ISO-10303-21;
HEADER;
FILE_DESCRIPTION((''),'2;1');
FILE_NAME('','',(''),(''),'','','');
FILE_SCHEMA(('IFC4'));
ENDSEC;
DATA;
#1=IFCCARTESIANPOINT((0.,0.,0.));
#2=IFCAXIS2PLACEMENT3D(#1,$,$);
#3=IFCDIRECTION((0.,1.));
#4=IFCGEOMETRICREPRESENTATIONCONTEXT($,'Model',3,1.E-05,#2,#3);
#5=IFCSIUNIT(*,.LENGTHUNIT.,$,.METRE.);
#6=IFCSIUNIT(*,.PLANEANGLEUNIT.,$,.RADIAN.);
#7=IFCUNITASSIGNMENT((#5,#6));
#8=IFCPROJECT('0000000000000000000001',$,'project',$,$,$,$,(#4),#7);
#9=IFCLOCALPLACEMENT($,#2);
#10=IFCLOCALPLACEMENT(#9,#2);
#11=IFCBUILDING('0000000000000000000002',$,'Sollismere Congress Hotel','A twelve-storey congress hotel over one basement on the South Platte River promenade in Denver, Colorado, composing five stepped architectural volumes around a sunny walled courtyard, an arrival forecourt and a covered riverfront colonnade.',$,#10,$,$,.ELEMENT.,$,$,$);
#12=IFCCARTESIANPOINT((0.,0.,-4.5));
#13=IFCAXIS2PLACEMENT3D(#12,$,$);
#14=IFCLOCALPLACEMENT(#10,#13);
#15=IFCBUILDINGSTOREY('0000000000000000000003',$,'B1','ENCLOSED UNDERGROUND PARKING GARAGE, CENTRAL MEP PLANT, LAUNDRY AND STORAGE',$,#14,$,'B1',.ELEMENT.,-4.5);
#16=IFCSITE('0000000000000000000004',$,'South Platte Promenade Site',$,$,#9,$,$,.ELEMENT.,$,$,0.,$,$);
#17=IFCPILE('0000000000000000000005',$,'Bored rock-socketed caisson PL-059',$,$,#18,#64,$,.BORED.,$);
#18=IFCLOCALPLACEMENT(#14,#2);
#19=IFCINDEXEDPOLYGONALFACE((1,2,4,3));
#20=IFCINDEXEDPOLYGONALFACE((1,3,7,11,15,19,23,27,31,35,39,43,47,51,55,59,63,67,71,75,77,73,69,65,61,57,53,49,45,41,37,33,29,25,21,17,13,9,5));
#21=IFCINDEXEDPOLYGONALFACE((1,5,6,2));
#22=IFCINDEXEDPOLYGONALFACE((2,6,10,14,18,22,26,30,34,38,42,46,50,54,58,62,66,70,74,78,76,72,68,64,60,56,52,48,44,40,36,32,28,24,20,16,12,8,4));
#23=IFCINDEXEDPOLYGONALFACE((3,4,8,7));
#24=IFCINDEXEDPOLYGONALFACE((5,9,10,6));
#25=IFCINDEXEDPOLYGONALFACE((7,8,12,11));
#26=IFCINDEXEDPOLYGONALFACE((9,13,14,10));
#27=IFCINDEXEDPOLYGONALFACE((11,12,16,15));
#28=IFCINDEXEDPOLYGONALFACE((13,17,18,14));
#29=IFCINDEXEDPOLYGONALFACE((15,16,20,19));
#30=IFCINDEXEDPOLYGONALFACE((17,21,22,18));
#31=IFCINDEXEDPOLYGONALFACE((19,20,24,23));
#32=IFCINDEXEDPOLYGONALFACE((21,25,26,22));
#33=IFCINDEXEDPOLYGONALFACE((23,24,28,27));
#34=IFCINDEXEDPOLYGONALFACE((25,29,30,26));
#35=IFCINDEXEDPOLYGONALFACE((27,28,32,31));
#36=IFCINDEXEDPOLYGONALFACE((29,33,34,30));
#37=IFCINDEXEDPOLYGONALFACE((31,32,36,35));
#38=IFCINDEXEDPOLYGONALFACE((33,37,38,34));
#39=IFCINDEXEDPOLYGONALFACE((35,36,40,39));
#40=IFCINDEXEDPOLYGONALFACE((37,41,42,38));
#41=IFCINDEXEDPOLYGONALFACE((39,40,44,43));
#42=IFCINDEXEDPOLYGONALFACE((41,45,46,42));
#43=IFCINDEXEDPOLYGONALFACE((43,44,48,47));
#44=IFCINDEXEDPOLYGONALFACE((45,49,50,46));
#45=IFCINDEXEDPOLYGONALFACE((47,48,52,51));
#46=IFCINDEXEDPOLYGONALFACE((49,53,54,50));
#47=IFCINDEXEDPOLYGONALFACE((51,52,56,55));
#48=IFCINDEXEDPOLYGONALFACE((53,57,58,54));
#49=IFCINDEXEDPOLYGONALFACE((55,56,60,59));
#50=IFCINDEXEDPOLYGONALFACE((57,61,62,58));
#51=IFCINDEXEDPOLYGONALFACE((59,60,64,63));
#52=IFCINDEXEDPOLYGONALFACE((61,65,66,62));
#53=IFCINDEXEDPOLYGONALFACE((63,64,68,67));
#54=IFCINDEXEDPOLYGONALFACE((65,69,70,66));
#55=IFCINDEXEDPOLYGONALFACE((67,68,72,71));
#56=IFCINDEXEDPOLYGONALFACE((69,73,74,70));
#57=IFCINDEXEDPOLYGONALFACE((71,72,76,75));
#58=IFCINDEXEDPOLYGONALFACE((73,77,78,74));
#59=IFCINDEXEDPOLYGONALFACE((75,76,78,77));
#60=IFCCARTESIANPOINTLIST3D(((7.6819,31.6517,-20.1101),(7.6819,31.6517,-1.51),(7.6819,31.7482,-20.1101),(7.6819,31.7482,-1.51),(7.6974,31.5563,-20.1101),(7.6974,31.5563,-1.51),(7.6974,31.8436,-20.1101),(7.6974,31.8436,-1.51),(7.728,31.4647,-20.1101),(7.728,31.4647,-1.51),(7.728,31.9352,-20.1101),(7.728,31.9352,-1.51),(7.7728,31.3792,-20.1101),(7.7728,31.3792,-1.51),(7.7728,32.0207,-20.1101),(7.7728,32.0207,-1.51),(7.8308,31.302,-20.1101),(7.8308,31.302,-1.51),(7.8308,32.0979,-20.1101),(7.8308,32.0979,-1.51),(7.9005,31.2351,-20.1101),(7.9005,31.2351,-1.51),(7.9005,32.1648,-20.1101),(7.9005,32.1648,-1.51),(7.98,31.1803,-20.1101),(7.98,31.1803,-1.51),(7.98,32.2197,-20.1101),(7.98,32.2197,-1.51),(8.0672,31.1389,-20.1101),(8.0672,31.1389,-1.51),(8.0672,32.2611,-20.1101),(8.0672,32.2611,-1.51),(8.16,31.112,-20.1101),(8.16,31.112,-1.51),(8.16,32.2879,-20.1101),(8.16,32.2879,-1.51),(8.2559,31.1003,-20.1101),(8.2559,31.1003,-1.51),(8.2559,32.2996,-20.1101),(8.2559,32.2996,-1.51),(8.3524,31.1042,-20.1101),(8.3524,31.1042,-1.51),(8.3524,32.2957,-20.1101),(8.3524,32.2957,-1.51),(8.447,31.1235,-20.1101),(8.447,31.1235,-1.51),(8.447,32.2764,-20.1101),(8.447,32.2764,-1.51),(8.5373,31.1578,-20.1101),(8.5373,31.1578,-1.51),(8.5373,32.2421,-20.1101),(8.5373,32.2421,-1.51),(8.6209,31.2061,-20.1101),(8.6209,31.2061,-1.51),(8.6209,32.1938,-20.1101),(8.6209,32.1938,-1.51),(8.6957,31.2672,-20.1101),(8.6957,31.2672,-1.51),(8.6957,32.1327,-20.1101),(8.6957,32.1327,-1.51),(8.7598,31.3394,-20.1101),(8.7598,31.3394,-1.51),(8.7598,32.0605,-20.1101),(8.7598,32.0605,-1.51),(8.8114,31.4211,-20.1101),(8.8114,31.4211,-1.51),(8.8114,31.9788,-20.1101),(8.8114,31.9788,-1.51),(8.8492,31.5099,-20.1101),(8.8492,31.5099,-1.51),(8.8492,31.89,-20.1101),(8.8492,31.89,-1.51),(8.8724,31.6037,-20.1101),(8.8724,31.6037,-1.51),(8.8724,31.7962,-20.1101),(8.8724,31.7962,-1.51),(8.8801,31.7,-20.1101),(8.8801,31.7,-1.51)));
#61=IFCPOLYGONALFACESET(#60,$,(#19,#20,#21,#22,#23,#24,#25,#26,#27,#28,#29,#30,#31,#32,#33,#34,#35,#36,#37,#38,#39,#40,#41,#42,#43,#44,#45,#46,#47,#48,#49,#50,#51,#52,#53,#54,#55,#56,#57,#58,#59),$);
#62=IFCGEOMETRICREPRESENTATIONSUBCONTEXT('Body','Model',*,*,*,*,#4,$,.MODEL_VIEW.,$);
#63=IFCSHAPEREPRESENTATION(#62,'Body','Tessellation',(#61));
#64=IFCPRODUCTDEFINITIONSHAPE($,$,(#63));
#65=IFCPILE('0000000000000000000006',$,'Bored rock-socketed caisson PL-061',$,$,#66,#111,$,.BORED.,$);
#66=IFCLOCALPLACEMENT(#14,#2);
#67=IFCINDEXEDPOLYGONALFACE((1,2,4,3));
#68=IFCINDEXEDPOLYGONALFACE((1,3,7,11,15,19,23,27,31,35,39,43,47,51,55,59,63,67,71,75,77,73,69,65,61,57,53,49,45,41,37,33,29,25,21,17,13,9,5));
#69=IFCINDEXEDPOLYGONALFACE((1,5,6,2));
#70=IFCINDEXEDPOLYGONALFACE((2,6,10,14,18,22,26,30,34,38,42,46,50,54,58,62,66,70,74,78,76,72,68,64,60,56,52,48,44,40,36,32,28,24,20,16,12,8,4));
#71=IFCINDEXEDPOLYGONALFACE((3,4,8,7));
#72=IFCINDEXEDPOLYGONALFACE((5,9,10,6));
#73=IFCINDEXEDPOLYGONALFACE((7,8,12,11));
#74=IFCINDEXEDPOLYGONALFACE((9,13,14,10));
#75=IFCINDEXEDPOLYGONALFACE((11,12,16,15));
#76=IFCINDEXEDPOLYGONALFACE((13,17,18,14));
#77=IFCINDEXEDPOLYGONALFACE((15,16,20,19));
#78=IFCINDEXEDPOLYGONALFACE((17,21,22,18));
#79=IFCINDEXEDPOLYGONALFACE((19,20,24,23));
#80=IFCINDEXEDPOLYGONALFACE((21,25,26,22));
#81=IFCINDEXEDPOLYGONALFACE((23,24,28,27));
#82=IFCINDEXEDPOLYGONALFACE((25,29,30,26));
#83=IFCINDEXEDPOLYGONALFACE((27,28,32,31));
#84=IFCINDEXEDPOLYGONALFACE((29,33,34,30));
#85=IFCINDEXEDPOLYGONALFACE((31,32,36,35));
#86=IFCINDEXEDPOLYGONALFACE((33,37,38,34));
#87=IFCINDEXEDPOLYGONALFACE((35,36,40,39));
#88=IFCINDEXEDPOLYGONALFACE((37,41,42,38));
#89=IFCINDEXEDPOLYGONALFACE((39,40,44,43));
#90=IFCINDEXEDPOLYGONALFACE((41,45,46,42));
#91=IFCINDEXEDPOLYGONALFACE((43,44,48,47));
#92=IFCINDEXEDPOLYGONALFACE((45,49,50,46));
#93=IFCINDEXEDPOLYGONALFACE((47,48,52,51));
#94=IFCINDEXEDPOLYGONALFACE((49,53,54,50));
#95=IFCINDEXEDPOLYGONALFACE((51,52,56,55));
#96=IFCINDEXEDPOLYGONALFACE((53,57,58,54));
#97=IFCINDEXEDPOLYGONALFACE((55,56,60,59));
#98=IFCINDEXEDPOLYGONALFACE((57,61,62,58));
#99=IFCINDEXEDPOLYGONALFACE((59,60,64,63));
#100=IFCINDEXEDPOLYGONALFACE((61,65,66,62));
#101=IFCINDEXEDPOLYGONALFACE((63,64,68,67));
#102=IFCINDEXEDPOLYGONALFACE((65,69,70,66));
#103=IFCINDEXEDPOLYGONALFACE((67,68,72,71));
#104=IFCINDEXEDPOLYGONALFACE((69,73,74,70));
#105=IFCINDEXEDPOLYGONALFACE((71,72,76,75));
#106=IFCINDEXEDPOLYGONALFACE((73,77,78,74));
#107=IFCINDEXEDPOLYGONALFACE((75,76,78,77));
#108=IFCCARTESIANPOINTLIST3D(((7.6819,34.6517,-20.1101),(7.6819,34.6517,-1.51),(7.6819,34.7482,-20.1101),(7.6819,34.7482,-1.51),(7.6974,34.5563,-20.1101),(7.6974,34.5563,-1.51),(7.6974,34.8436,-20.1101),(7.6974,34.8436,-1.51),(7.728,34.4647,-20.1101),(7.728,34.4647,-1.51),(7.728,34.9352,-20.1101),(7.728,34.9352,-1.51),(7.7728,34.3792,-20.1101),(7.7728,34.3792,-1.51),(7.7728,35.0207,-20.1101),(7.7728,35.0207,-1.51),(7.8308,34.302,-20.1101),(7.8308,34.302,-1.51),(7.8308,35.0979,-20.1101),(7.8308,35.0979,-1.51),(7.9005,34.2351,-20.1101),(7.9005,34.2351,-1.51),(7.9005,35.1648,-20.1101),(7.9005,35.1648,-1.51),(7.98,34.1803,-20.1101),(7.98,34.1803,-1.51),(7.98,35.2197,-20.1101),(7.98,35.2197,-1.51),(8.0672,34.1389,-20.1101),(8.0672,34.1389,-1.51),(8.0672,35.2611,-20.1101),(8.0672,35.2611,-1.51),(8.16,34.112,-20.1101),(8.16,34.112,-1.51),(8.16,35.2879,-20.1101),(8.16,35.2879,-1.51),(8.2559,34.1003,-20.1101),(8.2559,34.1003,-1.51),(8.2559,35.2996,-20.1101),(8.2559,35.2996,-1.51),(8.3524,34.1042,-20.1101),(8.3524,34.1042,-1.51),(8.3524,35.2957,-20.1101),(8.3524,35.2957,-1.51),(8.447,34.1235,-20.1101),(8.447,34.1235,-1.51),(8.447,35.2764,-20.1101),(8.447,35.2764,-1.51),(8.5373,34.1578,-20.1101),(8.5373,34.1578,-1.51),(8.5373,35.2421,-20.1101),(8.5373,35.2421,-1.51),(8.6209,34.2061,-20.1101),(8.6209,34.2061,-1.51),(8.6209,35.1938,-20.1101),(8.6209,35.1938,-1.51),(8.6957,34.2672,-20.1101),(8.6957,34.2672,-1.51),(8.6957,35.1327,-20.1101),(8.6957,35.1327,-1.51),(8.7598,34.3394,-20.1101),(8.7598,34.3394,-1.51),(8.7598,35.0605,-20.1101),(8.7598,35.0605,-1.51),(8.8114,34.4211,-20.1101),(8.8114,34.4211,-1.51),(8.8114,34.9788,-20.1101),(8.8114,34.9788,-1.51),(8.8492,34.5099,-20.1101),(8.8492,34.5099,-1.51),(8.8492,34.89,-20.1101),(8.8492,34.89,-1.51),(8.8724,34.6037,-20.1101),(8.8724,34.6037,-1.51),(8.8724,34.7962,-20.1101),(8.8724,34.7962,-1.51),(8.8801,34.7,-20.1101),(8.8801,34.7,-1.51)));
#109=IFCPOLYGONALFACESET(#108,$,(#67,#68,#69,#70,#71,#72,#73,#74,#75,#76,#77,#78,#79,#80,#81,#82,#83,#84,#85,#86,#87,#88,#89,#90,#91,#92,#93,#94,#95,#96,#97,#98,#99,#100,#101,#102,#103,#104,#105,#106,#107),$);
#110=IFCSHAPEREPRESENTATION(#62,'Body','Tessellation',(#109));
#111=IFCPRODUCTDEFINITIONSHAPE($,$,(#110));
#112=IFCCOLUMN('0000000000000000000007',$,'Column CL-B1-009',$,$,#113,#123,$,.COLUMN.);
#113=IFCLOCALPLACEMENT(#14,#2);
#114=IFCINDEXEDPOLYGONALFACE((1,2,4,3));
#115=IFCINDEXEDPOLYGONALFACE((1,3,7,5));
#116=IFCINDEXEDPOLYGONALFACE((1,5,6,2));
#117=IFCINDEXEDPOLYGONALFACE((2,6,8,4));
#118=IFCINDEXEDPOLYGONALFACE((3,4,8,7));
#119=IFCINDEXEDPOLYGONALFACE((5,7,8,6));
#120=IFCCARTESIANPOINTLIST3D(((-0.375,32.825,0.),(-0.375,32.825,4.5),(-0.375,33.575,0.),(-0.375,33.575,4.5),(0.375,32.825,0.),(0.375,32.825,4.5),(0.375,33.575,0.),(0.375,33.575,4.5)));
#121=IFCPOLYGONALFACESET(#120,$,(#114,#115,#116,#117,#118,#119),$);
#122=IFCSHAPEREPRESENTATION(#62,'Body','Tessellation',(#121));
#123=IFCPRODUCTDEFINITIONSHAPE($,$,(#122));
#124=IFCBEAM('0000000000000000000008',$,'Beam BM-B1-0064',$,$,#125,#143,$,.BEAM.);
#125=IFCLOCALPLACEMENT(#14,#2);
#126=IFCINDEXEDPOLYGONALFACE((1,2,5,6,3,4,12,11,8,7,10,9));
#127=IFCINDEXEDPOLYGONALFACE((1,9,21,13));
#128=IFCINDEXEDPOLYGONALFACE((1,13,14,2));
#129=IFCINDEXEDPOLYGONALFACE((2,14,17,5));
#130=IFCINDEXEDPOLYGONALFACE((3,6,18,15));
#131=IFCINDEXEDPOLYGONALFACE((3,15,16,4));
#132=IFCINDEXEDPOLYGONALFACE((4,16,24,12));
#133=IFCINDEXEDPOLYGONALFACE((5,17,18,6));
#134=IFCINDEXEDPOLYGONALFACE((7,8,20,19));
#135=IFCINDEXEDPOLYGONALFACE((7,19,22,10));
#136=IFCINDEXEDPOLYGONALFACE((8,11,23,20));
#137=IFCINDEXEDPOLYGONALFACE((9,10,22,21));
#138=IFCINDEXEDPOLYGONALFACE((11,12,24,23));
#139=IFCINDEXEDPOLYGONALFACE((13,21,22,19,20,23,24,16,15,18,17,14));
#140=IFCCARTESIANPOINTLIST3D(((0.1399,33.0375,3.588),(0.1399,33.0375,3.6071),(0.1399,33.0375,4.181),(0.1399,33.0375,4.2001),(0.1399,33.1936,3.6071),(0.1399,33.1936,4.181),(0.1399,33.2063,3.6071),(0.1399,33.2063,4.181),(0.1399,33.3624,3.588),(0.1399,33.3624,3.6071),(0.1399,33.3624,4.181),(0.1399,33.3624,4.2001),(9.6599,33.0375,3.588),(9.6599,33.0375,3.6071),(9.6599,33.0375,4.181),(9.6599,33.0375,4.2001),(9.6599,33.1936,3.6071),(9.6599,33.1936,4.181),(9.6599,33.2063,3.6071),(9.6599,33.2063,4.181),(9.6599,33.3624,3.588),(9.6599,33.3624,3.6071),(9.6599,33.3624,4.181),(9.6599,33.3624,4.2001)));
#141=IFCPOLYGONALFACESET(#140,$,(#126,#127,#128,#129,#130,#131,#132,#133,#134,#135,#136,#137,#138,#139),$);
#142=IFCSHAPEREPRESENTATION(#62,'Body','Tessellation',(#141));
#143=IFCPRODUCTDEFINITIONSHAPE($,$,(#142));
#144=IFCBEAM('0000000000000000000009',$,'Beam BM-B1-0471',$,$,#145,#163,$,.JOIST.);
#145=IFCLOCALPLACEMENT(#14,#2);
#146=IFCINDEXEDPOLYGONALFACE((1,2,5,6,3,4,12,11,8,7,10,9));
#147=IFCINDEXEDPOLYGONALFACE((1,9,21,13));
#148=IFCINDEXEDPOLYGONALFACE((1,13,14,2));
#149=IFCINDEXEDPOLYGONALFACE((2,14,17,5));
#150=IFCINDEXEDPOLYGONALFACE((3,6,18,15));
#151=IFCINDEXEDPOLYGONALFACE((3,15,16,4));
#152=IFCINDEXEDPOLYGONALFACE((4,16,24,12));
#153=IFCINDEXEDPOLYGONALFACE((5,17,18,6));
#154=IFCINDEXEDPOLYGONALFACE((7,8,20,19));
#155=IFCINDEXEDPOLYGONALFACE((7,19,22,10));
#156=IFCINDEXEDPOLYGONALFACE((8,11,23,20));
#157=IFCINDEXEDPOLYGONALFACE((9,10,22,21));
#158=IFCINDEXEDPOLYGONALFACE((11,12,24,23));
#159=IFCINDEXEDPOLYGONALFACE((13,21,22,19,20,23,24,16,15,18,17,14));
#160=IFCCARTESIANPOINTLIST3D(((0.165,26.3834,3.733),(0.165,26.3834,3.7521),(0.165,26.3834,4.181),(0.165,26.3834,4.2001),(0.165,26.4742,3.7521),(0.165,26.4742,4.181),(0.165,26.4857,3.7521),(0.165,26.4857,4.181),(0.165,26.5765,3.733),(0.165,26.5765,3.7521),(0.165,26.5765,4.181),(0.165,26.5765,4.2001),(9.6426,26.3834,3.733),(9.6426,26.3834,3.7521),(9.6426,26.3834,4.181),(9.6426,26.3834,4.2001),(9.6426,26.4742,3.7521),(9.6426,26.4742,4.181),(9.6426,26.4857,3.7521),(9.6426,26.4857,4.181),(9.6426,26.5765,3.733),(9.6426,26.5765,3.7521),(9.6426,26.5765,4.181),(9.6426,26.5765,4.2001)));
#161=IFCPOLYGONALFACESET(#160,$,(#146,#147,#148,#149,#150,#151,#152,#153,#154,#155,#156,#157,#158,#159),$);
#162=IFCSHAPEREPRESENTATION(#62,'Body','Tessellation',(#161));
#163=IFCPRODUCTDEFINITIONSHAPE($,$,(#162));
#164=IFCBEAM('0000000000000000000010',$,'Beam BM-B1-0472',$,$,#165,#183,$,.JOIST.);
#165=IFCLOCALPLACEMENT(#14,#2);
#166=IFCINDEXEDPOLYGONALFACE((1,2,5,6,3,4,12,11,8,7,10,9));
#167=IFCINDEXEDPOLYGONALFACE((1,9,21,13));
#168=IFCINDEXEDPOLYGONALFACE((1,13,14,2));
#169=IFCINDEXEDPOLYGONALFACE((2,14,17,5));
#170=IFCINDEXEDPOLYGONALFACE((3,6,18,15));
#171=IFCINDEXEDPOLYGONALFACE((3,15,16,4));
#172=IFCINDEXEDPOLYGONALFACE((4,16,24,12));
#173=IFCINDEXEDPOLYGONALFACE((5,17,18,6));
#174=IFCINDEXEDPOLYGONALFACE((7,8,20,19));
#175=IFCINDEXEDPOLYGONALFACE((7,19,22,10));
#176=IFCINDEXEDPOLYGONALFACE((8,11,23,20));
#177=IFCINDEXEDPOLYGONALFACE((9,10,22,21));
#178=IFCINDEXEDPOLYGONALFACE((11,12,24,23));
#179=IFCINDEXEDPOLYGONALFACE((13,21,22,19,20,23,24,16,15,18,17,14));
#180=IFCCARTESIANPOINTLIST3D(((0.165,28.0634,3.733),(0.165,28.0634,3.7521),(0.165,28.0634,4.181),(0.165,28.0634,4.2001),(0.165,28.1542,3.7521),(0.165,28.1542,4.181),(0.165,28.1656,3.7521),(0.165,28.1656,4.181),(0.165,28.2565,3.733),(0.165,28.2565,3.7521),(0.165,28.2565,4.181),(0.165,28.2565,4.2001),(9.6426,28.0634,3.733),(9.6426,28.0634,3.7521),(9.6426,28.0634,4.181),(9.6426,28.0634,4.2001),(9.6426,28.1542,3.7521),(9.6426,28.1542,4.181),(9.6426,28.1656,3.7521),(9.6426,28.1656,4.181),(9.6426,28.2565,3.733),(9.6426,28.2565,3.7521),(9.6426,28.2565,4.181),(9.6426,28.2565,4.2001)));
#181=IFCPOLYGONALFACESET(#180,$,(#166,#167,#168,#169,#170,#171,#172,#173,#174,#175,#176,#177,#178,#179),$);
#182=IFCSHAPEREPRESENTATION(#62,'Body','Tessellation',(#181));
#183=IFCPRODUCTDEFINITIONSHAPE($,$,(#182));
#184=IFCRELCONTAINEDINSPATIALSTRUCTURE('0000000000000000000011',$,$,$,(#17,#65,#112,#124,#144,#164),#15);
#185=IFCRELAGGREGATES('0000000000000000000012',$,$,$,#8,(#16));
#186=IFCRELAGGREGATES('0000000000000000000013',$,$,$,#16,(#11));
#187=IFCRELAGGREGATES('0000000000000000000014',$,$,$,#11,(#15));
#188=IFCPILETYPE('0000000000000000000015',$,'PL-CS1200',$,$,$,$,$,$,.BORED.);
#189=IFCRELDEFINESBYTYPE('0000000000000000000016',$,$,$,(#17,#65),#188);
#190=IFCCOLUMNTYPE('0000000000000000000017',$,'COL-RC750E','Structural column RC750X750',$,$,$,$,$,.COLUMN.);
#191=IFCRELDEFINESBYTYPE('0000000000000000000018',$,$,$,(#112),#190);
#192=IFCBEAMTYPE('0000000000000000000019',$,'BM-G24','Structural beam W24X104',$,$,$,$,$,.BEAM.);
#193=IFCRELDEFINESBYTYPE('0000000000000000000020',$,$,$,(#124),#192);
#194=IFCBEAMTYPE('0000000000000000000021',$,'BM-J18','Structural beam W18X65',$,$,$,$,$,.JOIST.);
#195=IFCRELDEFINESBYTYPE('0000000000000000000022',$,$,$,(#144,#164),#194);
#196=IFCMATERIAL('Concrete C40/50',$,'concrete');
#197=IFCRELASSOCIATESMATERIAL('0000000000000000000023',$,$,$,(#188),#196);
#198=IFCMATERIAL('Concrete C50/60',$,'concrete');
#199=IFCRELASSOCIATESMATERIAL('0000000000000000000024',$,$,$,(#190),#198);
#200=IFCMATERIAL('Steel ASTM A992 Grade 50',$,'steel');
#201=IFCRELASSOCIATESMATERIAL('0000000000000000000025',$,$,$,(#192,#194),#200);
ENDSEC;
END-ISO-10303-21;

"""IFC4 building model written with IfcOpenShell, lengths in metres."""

from ifc_helpers import new_model, si_unit, direction, frame, origin, origin_2d, place, context, subcontext, project, spatial, rectangle, circle, i_section, extrude, material, material_profile, profile_set, type_object, element, save


model = new_model("IFC4")

# Units and contexts
model_context = context("Model", 3, precision=1e-05, world=origin(), true_north=direction((0.0, 1.0)))
body_context = subcontext(model_context, "Body", "Model", "MODEL_VIEW")
ifc_project = project(units=[si_unit("LENGTHUNIT", "METRE"), si_unit("PLANEANGLEUNIT", "RADIAN")], contexts=[model_context])

# Site, building, storey
site_placement = place(None, origin())
site = spatial("IfcSite", under=ifc_project, at=site_placement, Name="South Platte Promenade Site", CompositionType="ELEMENT", RefElevation=0.0)
building_placement = place(site_placement, origin())
building = spatial("IfcBuilding", under=site, at=building_placement, Name="Sollismere Congress Hotel", Description="A twelve-storey congress hotel over one basement on the South Platte River promenade in Denver, Colorado, composing five stepped architectural volumes around a sunny walled courtyard, an arrival forecourt and a covered riverfront colonnade.", CompositionType="ELEMENT")
storey_placement = place(building_placement, frame((0.0, 0.0, -4.5)))
storey = spatial("IfcBuildingStorey", under=building, at=storey_placement, Name="B1", Description="ENCLOSED UNDERGROUND PARKING GARAGE, CENTRAL MEP PLANT, LAUNDRY AND STORAGE", LongName="B1", CompositionType="ELEMENT", Elevation=-4.5)

# Shared definitions
ifc_material_1 = material(Name="Concrete C40/50", Category="concrete")

# Piles
ifc_material_profile_1 = material_profile(ifc_material_1, circle(Radius=0.6001, at=origin_2d()), Name="CAISSON1200")
ifc_profile_set_1 = profile_set([ifc_material_profile_1], Name="Concrete C40/50")
pile_type = type_object("IfcPileType", Name="PL-CS1200", PredefinedType="BORED", material=ifc_profile_set_1)
for number, where, z_axis, x_axis, name in (
    (1, (8.28, 31.7, -1.51), (0.0, 0.0, -1.0), (1.0, 0.0, 0.0), "Bored rock-socketed caisson PL-059"),
    (2, (8.28, 34.7, -1.51), (0.0, 0.0, -1.0), (1.0, 0.0, 0.0), "Bored rock-socketed caisson PL-061"),
):
    element("IfcPile", number, at=place(storey_placement, frame(where, z_axis=z_axis, x_axis=x_axis)), inside=storey, type_object=pile_type, Name=name, PredefinedType="BORED", context=body_context, shape_type="SweptSolid", body=[
        extrude(circle(Radius=0.6001, at=origin_2d()), origin(), (0.0, 0.0, 1.0), 18.6001),
    ])

# Column
ifc_material_2 = material(Name="Concrete C50/60", Category="concrete")
ifc_material_profile_2 = material_profile(ifc_material_2, rectangle(XDim=0.75, YDim=0.75, at=origin_2d()), Name="RC750X750")
ifc_profile_set_2 = profile_set([ifc_material_profile_2], Name="Concrete C50/60")
column_type = type_object("IfcColumnType", Name="COL-RC750E", Description="Structural column RC750X750", PredefinedType="COLUMN", material=ifc_profile_set_2)
column_placement = place(storey_placement, frame((0.0, 33.2, 0.0), z_axis=(0.0, 0.0, 1.0), x_axis=(1.0, 0.0, 0.0)))
element("IfcColumn", 3, at=column_placement, inside=storey, type_object=column_type, Name="Column CL-B1-009", PredefinedType="COLUMN", context=body_context, shape_type="SweptSolid", body=[
    extrude(rectangle(XDim=0.75, YDim=0.75, at=origin_2d()), origin(), (0.0, 0.0, 1.0), 4.5),
])

# Beams
ifc_material_3 = material(Name="Steel ASTM A992 Grade 50", Category="steel")
ifc_material_profile_3 = material_profile(ifc_material_3, i_section(OverallWidth=0.325, OverallDepth=0.6121, WebThickness=0.0127, FlangeThickness=0.019, at=origin_2d()), Name="W24X104")
ifc_profile_set_3 = profile_set([ifc_material_profile_3], Name="Steel ASTM A992 Grade 50")
beam_type_1 = type_object("IfcBeamType", Name="BM-G24", Description="Structural beam W24X104", PredefinedType="BEAM", material=ifc_profile_set_3)
beam_1_placement = place(storey_placement, frame((0.1399, 33.2, 3.894), z_axis=(1.0, 0.0, 0.0), x_axis=(0.0, 1.0, 0.0)))
element("IfcBeam", 4, at=beam_1_placement, inside=storey, type_object=beam_type_1, Name="Beam BM-B1-0064", PredefinedType="BEAM", context=body_context, shape_type="SweptSolid", body=[
    extrude(i_section(OverallWidth=0.325, OverallDepth=0.6121, WebThickness=0.0127, FlangeThickness=0.019, at=origin_2d()), origin(), (0.0, 0.0, 1.0), 9.52),
])
ifc_material_profile_4 = material_profile(ifc_material_3, i_section(OverallWidth=0.1931, OverallDepth=0.467, WebThickness=0.0115, FlangeThickness=0.019, at=origin_2d()), Name="W18X65")
ifc_profile_set_4 = profile_set([ifc_material_profile_4], Name="Steel ASTM A992 Grade 50")
beam_type_2 = type_object("IfcBeamType", Name="BM-J18", Description="Structural beam W18X65", PredefinedType="JOIST", material=ifc_profile_set_4)
for number, where, z_axis, x_axis, name in (
    (5, (0.165, 26.48, 3.9666), (1.0, 0.0, 0.0), (0.0, 1.0, 0.0), "Beam BM-B1-0471"),
    (6, (0.165, 28.1599, 3.9666), (1.0, 0.0, 0.0), (0.0, 1.0, 0.0), "Beam BM-B1-0472"),
):
    element("IfcBeam", number, at=place(storey_placement, frame(where, z_axis=z_axis, x_axis=x_axis)), inside=storey, type_object=beam_type_2, Name=name, PredefinedType="JOIST", context=body_context, shape_type="SweptSolid", body=[
        extrude(i_section(OverallWidth=0.1931, OverallDepth=0.467, WebThickness=0.0115, FlangeThickness=0.019, at=origin_2d()), origin(), (0.0, 0.0, 1.0), 9.4775),
    ])

save(model, "model.ifc")
